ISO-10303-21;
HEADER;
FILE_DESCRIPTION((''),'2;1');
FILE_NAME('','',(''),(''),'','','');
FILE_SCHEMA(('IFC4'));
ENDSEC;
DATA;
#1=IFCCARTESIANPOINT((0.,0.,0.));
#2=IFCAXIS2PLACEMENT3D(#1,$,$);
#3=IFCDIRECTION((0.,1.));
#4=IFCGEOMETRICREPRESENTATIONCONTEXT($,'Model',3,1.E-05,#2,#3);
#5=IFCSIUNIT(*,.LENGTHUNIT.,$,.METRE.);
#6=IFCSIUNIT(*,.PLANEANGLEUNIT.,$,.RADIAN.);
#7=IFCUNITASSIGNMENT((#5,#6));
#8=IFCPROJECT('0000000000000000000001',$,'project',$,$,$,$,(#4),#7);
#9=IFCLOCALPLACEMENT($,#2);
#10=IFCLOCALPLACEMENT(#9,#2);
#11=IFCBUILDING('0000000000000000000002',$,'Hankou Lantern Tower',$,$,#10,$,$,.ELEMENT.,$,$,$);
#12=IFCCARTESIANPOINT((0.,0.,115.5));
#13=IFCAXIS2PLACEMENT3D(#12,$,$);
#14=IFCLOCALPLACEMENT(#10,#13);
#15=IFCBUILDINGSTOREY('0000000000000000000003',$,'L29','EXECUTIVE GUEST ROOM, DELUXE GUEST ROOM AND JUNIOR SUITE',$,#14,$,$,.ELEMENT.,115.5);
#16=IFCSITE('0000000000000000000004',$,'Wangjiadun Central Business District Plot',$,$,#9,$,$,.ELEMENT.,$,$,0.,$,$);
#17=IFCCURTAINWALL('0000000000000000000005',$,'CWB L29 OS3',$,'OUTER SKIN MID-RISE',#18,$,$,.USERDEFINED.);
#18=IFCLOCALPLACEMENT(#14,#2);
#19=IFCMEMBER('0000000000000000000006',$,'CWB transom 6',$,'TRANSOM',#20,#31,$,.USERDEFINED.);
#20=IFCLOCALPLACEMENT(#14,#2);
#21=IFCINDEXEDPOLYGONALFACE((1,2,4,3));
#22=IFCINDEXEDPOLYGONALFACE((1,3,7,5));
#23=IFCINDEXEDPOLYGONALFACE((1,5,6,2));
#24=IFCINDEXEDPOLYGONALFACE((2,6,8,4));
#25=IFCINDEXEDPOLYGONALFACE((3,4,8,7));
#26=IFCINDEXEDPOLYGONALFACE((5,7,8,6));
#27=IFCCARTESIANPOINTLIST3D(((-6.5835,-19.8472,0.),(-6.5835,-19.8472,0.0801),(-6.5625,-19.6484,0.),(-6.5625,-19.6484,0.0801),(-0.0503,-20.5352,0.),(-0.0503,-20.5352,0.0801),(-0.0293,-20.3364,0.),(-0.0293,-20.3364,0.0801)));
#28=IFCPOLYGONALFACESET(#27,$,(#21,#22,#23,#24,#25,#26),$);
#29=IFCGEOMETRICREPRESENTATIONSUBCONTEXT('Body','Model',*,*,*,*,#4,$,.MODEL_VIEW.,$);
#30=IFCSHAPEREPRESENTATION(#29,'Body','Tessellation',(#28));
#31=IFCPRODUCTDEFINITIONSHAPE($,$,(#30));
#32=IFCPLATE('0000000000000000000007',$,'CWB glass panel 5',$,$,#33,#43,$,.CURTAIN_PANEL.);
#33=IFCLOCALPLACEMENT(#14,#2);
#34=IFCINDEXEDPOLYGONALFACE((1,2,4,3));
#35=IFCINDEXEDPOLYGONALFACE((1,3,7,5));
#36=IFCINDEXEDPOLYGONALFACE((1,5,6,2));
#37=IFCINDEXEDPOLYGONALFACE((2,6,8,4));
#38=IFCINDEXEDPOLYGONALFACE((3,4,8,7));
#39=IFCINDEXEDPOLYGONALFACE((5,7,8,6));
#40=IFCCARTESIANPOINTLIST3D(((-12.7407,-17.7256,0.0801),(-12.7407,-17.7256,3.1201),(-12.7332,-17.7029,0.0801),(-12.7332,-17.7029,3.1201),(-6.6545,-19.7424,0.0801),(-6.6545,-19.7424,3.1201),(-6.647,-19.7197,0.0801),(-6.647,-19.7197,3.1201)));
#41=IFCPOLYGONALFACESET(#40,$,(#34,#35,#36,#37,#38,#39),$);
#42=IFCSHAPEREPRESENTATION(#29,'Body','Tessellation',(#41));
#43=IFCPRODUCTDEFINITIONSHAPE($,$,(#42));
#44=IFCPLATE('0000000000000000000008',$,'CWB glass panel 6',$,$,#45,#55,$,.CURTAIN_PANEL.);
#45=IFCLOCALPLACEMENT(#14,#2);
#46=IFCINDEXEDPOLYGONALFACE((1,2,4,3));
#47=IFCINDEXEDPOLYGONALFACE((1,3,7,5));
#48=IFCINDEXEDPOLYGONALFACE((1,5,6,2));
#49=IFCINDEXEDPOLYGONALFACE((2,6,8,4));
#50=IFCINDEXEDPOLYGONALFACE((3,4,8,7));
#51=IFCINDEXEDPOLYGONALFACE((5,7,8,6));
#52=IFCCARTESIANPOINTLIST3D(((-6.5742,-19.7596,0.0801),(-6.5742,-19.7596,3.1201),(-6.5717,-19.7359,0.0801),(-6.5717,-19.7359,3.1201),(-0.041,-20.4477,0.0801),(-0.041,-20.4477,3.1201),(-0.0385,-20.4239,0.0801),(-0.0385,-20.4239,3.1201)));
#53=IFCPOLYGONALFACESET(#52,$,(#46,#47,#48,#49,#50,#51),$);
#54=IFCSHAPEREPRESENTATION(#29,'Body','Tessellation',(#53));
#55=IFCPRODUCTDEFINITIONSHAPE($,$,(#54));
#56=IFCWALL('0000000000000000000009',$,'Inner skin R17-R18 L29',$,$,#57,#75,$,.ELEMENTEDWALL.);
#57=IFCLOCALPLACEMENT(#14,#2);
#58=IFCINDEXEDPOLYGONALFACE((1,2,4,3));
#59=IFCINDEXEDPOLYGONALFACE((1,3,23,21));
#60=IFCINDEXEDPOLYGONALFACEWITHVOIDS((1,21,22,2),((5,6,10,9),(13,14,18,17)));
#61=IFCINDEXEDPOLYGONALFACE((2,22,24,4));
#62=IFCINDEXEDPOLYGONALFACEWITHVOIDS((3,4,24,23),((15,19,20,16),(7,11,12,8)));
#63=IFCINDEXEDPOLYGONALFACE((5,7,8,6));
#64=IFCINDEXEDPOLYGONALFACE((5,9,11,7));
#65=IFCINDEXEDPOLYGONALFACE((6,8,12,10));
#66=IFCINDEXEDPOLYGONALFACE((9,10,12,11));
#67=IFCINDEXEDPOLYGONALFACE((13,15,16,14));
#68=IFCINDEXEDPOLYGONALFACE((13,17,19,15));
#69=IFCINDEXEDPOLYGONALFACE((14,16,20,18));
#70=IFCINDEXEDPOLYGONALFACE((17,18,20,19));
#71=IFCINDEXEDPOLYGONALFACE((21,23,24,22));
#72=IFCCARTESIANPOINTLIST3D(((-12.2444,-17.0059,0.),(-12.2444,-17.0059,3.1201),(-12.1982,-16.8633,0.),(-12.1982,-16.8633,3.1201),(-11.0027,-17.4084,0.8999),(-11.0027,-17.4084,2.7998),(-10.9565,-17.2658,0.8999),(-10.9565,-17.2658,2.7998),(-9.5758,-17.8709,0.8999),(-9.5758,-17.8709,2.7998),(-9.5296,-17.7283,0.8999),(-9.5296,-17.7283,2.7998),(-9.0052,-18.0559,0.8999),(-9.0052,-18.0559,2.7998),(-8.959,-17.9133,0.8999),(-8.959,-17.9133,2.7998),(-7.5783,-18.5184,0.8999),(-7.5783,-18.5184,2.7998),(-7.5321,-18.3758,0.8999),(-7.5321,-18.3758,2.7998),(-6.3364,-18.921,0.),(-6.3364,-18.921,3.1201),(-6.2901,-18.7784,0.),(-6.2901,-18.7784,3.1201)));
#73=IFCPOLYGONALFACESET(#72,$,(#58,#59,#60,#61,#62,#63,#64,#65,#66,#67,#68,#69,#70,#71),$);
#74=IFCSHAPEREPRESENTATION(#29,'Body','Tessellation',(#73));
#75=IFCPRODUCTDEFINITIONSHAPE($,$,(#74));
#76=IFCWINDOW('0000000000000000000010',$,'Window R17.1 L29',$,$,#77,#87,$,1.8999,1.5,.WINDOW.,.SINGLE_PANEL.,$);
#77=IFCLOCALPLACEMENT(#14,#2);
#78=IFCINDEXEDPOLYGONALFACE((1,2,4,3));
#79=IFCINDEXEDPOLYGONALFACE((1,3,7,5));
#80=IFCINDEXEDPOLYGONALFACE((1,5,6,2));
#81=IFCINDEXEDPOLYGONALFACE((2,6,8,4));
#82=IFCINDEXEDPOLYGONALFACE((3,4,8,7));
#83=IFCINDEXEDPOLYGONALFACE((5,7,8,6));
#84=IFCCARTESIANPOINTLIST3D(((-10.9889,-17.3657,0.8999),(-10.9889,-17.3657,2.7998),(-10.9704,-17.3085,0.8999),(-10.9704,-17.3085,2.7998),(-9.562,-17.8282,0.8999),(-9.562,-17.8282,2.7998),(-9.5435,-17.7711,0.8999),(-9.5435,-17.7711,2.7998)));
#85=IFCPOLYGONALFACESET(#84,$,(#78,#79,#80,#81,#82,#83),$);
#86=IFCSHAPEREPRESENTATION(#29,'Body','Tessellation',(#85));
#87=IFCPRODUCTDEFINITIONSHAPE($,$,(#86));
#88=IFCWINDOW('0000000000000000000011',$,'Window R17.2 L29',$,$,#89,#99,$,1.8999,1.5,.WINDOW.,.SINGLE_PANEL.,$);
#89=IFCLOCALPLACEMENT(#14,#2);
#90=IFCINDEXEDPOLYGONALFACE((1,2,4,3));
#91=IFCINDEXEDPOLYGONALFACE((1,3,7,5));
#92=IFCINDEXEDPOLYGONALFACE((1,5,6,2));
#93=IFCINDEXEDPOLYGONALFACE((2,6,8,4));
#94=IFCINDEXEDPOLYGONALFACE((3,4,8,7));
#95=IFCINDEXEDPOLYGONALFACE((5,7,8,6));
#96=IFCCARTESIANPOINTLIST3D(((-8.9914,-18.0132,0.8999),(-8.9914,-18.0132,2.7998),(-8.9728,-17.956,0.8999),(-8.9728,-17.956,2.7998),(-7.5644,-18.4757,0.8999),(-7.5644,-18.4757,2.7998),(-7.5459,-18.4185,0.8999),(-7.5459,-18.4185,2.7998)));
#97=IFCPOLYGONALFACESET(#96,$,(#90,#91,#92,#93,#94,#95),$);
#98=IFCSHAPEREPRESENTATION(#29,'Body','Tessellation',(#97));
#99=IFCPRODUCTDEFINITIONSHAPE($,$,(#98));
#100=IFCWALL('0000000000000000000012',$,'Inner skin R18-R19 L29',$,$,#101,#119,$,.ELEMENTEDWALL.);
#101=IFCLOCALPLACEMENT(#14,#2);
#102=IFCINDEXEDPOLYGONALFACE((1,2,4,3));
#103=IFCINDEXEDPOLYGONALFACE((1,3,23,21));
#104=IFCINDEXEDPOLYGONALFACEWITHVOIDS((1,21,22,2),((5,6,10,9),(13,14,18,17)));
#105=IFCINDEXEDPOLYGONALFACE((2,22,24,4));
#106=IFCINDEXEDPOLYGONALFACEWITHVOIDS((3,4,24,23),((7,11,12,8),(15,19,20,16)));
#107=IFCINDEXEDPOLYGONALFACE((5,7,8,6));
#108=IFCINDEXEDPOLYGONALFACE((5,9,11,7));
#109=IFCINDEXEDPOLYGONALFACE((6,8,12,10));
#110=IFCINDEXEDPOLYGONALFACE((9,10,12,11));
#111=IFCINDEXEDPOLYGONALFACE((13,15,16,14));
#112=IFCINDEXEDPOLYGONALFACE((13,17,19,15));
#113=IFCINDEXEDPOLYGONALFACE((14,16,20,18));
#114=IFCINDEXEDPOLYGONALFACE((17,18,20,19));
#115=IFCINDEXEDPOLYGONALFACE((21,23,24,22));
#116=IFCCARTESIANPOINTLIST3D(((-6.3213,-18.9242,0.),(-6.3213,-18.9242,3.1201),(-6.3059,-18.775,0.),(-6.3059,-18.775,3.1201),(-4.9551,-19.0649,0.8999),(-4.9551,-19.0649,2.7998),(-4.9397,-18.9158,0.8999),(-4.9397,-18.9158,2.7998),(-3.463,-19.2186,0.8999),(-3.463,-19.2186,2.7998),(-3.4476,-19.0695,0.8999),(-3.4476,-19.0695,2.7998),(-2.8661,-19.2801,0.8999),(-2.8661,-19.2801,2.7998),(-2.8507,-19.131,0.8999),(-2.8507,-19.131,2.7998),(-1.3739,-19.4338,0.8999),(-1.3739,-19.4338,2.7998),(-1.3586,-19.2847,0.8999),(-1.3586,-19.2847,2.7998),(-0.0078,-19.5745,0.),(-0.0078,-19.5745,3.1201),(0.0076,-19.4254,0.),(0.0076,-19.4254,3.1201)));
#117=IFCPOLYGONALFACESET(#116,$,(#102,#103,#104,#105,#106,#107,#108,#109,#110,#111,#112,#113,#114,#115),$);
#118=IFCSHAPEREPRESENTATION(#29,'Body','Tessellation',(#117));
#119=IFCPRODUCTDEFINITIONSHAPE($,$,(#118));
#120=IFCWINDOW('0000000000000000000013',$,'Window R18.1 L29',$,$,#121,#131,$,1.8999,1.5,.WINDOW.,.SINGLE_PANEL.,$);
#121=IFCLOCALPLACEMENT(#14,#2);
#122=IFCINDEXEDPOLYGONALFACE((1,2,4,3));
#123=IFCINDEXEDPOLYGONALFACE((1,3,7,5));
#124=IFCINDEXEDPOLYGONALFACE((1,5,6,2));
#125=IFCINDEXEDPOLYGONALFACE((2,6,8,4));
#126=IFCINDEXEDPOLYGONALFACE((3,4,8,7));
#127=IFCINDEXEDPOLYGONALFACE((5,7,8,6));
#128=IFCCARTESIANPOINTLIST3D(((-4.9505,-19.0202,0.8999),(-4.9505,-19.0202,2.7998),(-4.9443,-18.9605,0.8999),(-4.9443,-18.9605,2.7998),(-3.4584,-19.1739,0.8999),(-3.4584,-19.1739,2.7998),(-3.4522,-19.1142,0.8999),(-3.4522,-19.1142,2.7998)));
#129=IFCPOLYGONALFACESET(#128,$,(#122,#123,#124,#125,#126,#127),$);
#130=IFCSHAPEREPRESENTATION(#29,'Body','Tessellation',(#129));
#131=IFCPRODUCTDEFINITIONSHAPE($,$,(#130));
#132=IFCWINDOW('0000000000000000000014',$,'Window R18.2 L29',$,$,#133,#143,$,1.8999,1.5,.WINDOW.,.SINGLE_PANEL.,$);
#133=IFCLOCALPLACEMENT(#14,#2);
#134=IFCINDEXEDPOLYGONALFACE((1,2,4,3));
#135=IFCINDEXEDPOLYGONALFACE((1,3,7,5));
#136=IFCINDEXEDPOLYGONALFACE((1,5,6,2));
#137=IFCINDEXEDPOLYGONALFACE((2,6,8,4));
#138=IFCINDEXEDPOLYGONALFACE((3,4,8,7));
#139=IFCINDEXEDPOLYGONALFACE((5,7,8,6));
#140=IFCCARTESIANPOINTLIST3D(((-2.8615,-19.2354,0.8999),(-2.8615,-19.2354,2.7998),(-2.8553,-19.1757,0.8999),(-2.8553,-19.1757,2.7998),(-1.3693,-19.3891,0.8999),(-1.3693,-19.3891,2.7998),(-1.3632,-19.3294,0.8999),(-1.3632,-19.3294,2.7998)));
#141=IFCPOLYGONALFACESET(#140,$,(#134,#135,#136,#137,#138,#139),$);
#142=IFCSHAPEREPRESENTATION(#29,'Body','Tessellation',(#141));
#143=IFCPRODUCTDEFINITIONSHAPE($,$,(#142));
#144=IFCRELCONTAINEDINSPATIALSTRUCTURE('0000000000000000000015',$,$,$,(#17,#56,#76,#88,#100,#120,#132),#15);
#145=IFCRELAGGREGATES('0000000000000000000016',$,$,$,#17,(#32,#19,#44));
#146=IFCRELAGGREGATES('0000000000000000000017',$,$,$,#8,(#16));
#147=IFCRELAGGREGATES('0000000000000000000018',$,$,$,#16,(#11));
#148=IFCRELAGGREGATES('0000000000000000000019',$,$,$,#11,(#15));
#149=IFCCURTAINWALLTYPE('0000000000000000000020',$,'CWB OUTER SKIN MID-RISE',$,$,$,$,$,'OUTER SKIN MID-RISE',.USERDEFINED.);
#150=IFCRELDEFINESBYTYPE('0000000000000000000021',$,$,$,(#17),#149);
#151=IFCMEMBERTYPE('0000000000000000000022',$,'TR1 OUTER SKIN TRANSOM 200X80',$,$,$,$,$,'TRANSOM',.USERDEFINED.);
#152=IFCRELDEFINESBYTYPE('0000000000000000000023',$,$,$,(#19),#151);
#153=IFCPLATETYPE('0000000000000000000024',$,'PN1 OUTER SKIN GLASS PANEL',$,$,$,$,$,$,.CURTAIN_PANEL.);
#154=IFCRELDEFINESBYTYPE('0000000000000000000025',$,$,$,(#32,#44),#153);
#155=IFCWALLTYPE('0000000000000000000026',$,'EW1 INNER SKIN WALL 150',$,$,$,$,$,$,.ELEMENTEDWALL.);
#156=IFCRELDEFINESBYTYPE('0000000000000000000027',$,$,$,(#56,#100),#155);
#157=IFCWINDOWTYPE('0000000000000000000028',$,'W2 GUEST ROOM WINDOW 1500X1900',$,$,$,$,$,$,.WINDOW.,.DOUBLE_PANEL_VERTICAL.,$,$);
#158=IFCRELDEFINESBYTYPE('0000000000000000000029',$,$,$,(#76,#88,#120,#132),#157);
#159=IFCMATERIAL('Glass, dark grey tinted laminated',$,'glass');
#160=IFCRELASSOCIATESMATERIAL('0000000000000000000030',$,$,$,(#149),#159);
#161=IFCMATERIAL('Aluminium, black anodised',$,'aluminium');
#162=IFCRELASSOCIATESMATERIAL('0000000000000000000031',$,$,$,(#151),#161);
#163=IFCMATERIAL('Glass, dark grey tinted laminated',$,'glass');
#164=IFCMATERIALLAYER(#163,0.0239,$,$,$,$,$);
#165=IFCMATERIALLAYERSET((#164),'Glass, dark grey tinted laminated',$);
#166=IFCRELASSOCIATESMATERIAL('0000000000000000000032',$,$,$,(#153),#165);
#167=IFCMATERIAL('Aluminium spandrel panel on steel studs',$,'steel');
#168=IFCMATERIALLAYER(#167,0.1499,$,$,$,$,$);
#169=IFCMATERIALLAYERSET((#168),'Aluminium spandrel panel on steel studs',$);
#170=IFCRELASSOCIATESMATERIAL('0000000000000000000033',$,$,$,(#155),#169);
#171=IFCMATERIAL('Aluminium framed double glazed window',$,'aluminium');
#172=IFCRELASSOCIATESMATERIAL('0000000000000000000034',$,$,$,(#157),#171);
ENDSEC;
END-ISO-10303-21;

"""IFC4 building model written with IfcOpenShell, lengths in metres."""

from ifc_helpers import new_model, si_unit, direction, frame, frame_2d, origin, origin_2d, place, context, subcontext, project, spatial, rectangle, extrude, material, layer, layer_set, material_profile, profile_set, type_object, element, fill, aggregate, save


model = new_model("IFC4")

# Units and contexts
model_context = context("Model", 3, precision=1e-05, world=origin(), true_north=direction((0.0, 1.0)))
body_context = subcontext(model_context, "Body", "Model", "MODEL_VIEW")
ifc_project = project(units=[si_unit("LENGTHUNIT", "METRE"), si_unit("PLANEANGLEUNIT", "RADIAN")], contexts=[model_context])

# Site, building, storey
site_placement = place(None, origin())
site = spatial("IfcSite", under=ifc_project, at=site_placement, Name="Wangjiadun Central Business District Plot", CompositionType="ELEMENT", RefElevation=0.0)
building_placement = place(site_placement, origin())
building = spatial("IfcBuilding", under=site, at=building_placement, Name="Hankou Lantern Tower", CompositionType="ELEMENT")
storey_placement = place(building_placement, frame((0.0, 0.0, 115.5)))
storey = spatial("IfcBuildingStorey", under=building, at=storey_placement, Name="L29", Description="EXECUTIVE GUEST ROOM, DELUXE GUEST ROOM AND JUNIOR SUITE", CompositionType="ELEMENT", Elevation=115.5)

# Curtain wall
ifc_material_1 = material(Name="Glass, dark grey tinted laminated", Category="glass")
curtain_wall_type = type_object("IfcCurtainWallType", Name="CWB OUTER SKIN MID-RISE", ElementType="OUTER SKIN MID-RISE", PredefinedType="USERDEFINED", material=ifc_material_1)
curtain_wall_placement = place(storey_placement, origin())
curtain_wall = element("IfcCurtainWall", 1, at=curtain_wall_placement, inside=storey, type_object=curtain_wall_type, Name="CWB L29 OS3", ObjectType="OUTER SKIN MID-RISE", PredefinedType="USERDEFINED")

# Member
ifc_material_2 = material(Name="Aluminium, black anodised", Category="aluminium")
ifc_material_profile_1 = material_profile(ifc_material_2, rectangle(XDim=0.2, YDim=0.0801, at=origin_2d()), Name="TR1 200X80")
ifc_profile_set_1 = profile_set([ifc_material_profile_1], Name="Aluminium, black anodised")
member_type_1 = type_object("IfcMemberType", Name="TR1 OUTER SKIN TRANSOM 200X80", ElementType="TRANSOM", PredefinedType="USERDEFINED", material=ifc_profile_set_1)
member_1_placement = place(storey_placement, frame((-6.573, -19.7478, 0.04), z_axis=(0.994501, -0.104727, 0.0), x_axis=(0.104727, 0.994501, 0.0)))
member_1 = element("IfcMember", 2, at=member_1_placement, type_object=member_type_1, Name="CWB transom 6", ObjectType="TRANSOM", PredefinedType="USERDEFINED", context=body_context, shape_type="SweptSolid", body=[
    extrude(rectangle(XDim=0.2, YDim=0.0801, at=origin_2d()), origin(), (0.0, 0.0, 1.0), 6.5693),
])

# Plates
ifc_material_3 = material(Name="Glass, dark grey tinted laminated", Category="glass")
ifc_layer_1 = layer(ifc_material_3, 0.0239)
ifc_layer_set_1 = layer_set([ifc_layer_1], Name="Glass, dark grey tinted laminated")
plate_type = type_object("IfcPlateType", Name="PN1 OUTER SKIN GLASS PANEL", PredefinedType="CURTAIN_PANEL", material=ifc_layer_set_1)
plate_1_placement = place(storey_placement, frame((-9.6938, -18.7227, 0.0801), z_axis=(0.0, 0.0, 1.0), x_axis=(0.949241, -0.314551, 0.0)))
plate_1 = element("IfcPlate", 3, at=plate_1_placement, type_object=plate_type, Name="CWB glass panel 5", PredefinedType="CURTAIN_PANEL", context=body_context, shape_type="SweptSolid", body=[
    extrude(rectangle(XDim=6.4116, YDim=0.0239, at=origin_2d()), origin(), (0.0, 0.0, 1.0), 3.04),
])
plate_2_placement = place(storey_placement, frame((-3.3064, -20.0918, 0.0801), z_axis=(0.0, 0.0, 1.0), x_axis=(0.994499, -0.104743, 0.0)))
plate_2 = element("IfcPlate", 4, at=plate_2_placement, type_object=plate_type, Name="CWB glass panel 6", PredefinedType="CURTAIN_PANEL", context=body_context, shape_type="SweptSolid", body=[
    extrude(rectangle(XDim=6.5693, YDim=0.0239, at=origin_2d()), origin(), (0.0, 0.0, 1.0), 3.04),
])
aggregate(curtain_wall, [plate_1, member_1, plate_2])

# Walls, openings, windows
ifc_material_4 = material(Name="Aluminium spandrel panel on steel studs", Category="steel")
ifc_layer_2 = layer(ifc_material_4, 0.1499)
ifc_layer_set_2 = layer_set([ifc_layer_2], Name="Aluminium spandrel panel on steel studs")
wall_type_1 = type_object("IfcWallType", Name="EW1 INNER SKIN WALL 150", PredefinedType="ELEMENTEDWALL", material=ifc_layer_set_2)
wall_1_placement = place(storey_placement, frame((-12.2214, -16.9346, 0.0), z_axis=(0.0, 0.0, 1.0), x_axis=(0.951273, -0.308351, 0.0)))
wall_1 = element("IfcWall", 5, at=wall_1_placement, inside=storey, type_object=wall_type_1, Name="Inner skin R17-R18 L29", PredefinedType="ELEMENTEDWALL", context=body_context, shape_type="SweptSolid", body=[
    extrude(rectangle(XDim=6.2107, YDim=0.1499, at=frame_2d((3.1055, 0.0))), origin(), (0.0, 0.0, 1.0), 3.1201),
])
opening_1_placement = place(wall_1_placement, frame((1.3054, 0.0, 0.8999)))
opening_1 = element("IfcOpeningElement", 6, at=opening_1_placement, cuts=wall_1, PredefinedType="OPENING", context=body_context, shape_type="SweptSolid", body=[
    extrude(rectangle(XDim=1.5, YDim=1.8999, at=frame_2d((0.75, 0.95))), frame((0.0, 0.085, 0.0), z_axis=(0.0, -1.0, 0.0), x_axis=(1.0, 0.0, 0.0)), (0.0, 0.0, 1.0), 0.1699),
])
opening_2_placement = place(wall_1_placement, frame((3.4053, 0.0, 0.8999)))
opening_2 = element("IfcOpeningElement", 7, at=opening_2_placement, cuts=wall_1, PredefinedType="OPENING", context=body_context, shape_type="SweptSolid", body=[
    extrude(rectangle(XDim=1.5, YDim=1.8999, at=frame_2d((0.75, 0.95))), frame((0.0, 0.085, 0.0), z_axis=(0.0, -1.0, 0.0), x_axis=(1.0, 0.0, 0.0)), (0.0, 0.0, 1.0), 0.1699),
])
ifc_material_5 = material(Name="Aluminium framed double glazed window", Category="aluminium")
window_type = type_object("IfcWindowType", Name="W2 GUEST ROOM WINDOW 1500X1900", PartitioningType="DOUBLE_PANEL_VERTICAL", PredefinedType="WINDOW", material=ifc_material_5)
window_1_placement = place(opening_1_placement, origin())
window_1 = element("IfcWindow", 8, at=window_1_placement, inside=storey, type_object=window_type, Name="Window R17.1 L29", OverallHeight=1.8999, OverallWidth=1.5, PartitioningType="SINGLE_PANEL", PredefinedType="WINDOW", context=body_context, shape_type="SweptSolid", body=[
    extrude(rectangle(XDim=1.5, YDim=1.8999, at=frame_2d((0.75, 0.95))), frame((0.0, 0.03, 0.0), z_axis=(0.0, -1.0, 0.0), x_axis=(1.0, 0.0, 0.0)), (0.0, 0.0, 1.0), 0.0601),
])
fill(opening_1, window_1)
window_2_placement = place(opening_2_placement, origin())
window_2 = element("IfcWindow", 9, at=window_2_placement, inside=storey, type_object=window_type, Name="Window R17.2 L29", OverallHeight=1.8999, OverallWidth=1.5, PartitioningType="SINGLE_PANEL", PredefinedType="WINDOW", context=body_context, shape_type="SweptSolid", body=[
    extrude(rectangle(XDim=1.5, YDim=1.8999, at=frame_2d((0.75, 0.95))), frame((0.0, 0.03, 0.0), z_axis=(0.0, -1.0, 0.0), x_axis=(1.0, 0.0, 0.0)), (0.0, 0.0, 1.0), 0.0601),
])
fill(opening_2, window_2)
wall_2_placement = place(storey_placement, frame((-6.3135, -18.8496, 0.0), z_axis=(0.0, 0.0, 1.0), x_axis=(0.994736, -0.102474, 0.0)))
wall_2 = element("IfcWall", 10, at=wall_2_placement, inside=storey, type_object=wall_type_1, Name="Inner skin R18-R19 L29", PredefinedType="ELEMENTEDWALL", context=body_context, shape_type="SweptSolid", body=[
    extrude(rectangle(XDim=6.3469, YDim=0.1499, at=frame_2d((3.1733, 0.0))), origin(), (0.0, 0.0, 1.0), 3.1201),
])
opening_3_placement = place(wall_2_placement, frame((1.3733, 0.0, 0.8999)))
opening_3 = element("IfcOpeningElement", 11, at=opening_3_placement, cuts=wall_2, PredefinedType="OPENING", context=body_context, shape_type="SweptSolid", body=[
    extrude(rectangle(XDim=1.5, YDim=1.8999, at=frame_2d((0.75, 0.95))), frame((0.0, 0.085, 0.0), z_axis=(0.0, -1.0, 0.0), x_axis=(1.0, 0.0, 0.0)), (0.0, 0.0, 1.0), 0.1699),
])
opening_4_placement = place(wall_2_placement, frame((3.4734, 0.0, 0.8999)))
opening_4 = element("IfcOpeningElement", 12, at=opening_4_placement, cuts=wall_2, PredefinedType="OPENING", context=body_context, shape_type="SweptSolid", body=[
    extrude(rectangle(XDim=1.5, YDim=1.8999, at=frame_2d((0.75, 0.95))), frame((0.0, 0.085, 0.0), z_axis=(0.0, -1.0, 0.0), x_axis=(1.0, 0.0, 0.0)), (0.0, 0.0, 1.0), 0.1699),
])
window_3_placement = place(opening_3_placement, origin())
window_3 = element("IfcWindow", 13, at=window_3_placement, inside=storey, type_object=window_type, Name="Window R18.1 L29", OverallHeight=1.8999, OverallWidth=1.5, PartitioningType="SINGLE_PANEL", PredefinedType="WINDOW", context=body_context, shape_type="SweptSolid", body=[
    extrude(rectangle(XDim=1.5, YDim=1.8999, at=frame_2d((0.75, 0.95))), frame((0.0, 0.03, 0.0), z_axis=(0.0, -1.0, 0.0), x_axis=(1.0, 0.0, 0.0)), (0.0, 0.0, 1.0), 0.0601),
])
fill(opening_3, window_3)
window_4_placement = place(opening_4_placement, origin())
window_4 = element("IfcWindow", 14, at=window_4_placement, inside=storey, type_object=window_type, Name="Window R18.2 L29", OverallHeight=1.8999, OverallWidth=1.5, PartitioningType="SINGLE_PANEL", PredefinedType="WINDOW", context=body_context, shape_type="SweptSolid", body=[
    extrude(rectangle(XDim=1.5, YDim=1.8999, at=frame_2d((0.75, 0.95))), frame((0.0, 0.03, 0.0), z_axis=(0.0, -1.0, 0.0), x_axis=(1.0, 0.0, 0.0)), (0.0, 0.0, 1.0), 0.0601),
])
fill(opening_4, window_4)

save(model, "model.ifc")
